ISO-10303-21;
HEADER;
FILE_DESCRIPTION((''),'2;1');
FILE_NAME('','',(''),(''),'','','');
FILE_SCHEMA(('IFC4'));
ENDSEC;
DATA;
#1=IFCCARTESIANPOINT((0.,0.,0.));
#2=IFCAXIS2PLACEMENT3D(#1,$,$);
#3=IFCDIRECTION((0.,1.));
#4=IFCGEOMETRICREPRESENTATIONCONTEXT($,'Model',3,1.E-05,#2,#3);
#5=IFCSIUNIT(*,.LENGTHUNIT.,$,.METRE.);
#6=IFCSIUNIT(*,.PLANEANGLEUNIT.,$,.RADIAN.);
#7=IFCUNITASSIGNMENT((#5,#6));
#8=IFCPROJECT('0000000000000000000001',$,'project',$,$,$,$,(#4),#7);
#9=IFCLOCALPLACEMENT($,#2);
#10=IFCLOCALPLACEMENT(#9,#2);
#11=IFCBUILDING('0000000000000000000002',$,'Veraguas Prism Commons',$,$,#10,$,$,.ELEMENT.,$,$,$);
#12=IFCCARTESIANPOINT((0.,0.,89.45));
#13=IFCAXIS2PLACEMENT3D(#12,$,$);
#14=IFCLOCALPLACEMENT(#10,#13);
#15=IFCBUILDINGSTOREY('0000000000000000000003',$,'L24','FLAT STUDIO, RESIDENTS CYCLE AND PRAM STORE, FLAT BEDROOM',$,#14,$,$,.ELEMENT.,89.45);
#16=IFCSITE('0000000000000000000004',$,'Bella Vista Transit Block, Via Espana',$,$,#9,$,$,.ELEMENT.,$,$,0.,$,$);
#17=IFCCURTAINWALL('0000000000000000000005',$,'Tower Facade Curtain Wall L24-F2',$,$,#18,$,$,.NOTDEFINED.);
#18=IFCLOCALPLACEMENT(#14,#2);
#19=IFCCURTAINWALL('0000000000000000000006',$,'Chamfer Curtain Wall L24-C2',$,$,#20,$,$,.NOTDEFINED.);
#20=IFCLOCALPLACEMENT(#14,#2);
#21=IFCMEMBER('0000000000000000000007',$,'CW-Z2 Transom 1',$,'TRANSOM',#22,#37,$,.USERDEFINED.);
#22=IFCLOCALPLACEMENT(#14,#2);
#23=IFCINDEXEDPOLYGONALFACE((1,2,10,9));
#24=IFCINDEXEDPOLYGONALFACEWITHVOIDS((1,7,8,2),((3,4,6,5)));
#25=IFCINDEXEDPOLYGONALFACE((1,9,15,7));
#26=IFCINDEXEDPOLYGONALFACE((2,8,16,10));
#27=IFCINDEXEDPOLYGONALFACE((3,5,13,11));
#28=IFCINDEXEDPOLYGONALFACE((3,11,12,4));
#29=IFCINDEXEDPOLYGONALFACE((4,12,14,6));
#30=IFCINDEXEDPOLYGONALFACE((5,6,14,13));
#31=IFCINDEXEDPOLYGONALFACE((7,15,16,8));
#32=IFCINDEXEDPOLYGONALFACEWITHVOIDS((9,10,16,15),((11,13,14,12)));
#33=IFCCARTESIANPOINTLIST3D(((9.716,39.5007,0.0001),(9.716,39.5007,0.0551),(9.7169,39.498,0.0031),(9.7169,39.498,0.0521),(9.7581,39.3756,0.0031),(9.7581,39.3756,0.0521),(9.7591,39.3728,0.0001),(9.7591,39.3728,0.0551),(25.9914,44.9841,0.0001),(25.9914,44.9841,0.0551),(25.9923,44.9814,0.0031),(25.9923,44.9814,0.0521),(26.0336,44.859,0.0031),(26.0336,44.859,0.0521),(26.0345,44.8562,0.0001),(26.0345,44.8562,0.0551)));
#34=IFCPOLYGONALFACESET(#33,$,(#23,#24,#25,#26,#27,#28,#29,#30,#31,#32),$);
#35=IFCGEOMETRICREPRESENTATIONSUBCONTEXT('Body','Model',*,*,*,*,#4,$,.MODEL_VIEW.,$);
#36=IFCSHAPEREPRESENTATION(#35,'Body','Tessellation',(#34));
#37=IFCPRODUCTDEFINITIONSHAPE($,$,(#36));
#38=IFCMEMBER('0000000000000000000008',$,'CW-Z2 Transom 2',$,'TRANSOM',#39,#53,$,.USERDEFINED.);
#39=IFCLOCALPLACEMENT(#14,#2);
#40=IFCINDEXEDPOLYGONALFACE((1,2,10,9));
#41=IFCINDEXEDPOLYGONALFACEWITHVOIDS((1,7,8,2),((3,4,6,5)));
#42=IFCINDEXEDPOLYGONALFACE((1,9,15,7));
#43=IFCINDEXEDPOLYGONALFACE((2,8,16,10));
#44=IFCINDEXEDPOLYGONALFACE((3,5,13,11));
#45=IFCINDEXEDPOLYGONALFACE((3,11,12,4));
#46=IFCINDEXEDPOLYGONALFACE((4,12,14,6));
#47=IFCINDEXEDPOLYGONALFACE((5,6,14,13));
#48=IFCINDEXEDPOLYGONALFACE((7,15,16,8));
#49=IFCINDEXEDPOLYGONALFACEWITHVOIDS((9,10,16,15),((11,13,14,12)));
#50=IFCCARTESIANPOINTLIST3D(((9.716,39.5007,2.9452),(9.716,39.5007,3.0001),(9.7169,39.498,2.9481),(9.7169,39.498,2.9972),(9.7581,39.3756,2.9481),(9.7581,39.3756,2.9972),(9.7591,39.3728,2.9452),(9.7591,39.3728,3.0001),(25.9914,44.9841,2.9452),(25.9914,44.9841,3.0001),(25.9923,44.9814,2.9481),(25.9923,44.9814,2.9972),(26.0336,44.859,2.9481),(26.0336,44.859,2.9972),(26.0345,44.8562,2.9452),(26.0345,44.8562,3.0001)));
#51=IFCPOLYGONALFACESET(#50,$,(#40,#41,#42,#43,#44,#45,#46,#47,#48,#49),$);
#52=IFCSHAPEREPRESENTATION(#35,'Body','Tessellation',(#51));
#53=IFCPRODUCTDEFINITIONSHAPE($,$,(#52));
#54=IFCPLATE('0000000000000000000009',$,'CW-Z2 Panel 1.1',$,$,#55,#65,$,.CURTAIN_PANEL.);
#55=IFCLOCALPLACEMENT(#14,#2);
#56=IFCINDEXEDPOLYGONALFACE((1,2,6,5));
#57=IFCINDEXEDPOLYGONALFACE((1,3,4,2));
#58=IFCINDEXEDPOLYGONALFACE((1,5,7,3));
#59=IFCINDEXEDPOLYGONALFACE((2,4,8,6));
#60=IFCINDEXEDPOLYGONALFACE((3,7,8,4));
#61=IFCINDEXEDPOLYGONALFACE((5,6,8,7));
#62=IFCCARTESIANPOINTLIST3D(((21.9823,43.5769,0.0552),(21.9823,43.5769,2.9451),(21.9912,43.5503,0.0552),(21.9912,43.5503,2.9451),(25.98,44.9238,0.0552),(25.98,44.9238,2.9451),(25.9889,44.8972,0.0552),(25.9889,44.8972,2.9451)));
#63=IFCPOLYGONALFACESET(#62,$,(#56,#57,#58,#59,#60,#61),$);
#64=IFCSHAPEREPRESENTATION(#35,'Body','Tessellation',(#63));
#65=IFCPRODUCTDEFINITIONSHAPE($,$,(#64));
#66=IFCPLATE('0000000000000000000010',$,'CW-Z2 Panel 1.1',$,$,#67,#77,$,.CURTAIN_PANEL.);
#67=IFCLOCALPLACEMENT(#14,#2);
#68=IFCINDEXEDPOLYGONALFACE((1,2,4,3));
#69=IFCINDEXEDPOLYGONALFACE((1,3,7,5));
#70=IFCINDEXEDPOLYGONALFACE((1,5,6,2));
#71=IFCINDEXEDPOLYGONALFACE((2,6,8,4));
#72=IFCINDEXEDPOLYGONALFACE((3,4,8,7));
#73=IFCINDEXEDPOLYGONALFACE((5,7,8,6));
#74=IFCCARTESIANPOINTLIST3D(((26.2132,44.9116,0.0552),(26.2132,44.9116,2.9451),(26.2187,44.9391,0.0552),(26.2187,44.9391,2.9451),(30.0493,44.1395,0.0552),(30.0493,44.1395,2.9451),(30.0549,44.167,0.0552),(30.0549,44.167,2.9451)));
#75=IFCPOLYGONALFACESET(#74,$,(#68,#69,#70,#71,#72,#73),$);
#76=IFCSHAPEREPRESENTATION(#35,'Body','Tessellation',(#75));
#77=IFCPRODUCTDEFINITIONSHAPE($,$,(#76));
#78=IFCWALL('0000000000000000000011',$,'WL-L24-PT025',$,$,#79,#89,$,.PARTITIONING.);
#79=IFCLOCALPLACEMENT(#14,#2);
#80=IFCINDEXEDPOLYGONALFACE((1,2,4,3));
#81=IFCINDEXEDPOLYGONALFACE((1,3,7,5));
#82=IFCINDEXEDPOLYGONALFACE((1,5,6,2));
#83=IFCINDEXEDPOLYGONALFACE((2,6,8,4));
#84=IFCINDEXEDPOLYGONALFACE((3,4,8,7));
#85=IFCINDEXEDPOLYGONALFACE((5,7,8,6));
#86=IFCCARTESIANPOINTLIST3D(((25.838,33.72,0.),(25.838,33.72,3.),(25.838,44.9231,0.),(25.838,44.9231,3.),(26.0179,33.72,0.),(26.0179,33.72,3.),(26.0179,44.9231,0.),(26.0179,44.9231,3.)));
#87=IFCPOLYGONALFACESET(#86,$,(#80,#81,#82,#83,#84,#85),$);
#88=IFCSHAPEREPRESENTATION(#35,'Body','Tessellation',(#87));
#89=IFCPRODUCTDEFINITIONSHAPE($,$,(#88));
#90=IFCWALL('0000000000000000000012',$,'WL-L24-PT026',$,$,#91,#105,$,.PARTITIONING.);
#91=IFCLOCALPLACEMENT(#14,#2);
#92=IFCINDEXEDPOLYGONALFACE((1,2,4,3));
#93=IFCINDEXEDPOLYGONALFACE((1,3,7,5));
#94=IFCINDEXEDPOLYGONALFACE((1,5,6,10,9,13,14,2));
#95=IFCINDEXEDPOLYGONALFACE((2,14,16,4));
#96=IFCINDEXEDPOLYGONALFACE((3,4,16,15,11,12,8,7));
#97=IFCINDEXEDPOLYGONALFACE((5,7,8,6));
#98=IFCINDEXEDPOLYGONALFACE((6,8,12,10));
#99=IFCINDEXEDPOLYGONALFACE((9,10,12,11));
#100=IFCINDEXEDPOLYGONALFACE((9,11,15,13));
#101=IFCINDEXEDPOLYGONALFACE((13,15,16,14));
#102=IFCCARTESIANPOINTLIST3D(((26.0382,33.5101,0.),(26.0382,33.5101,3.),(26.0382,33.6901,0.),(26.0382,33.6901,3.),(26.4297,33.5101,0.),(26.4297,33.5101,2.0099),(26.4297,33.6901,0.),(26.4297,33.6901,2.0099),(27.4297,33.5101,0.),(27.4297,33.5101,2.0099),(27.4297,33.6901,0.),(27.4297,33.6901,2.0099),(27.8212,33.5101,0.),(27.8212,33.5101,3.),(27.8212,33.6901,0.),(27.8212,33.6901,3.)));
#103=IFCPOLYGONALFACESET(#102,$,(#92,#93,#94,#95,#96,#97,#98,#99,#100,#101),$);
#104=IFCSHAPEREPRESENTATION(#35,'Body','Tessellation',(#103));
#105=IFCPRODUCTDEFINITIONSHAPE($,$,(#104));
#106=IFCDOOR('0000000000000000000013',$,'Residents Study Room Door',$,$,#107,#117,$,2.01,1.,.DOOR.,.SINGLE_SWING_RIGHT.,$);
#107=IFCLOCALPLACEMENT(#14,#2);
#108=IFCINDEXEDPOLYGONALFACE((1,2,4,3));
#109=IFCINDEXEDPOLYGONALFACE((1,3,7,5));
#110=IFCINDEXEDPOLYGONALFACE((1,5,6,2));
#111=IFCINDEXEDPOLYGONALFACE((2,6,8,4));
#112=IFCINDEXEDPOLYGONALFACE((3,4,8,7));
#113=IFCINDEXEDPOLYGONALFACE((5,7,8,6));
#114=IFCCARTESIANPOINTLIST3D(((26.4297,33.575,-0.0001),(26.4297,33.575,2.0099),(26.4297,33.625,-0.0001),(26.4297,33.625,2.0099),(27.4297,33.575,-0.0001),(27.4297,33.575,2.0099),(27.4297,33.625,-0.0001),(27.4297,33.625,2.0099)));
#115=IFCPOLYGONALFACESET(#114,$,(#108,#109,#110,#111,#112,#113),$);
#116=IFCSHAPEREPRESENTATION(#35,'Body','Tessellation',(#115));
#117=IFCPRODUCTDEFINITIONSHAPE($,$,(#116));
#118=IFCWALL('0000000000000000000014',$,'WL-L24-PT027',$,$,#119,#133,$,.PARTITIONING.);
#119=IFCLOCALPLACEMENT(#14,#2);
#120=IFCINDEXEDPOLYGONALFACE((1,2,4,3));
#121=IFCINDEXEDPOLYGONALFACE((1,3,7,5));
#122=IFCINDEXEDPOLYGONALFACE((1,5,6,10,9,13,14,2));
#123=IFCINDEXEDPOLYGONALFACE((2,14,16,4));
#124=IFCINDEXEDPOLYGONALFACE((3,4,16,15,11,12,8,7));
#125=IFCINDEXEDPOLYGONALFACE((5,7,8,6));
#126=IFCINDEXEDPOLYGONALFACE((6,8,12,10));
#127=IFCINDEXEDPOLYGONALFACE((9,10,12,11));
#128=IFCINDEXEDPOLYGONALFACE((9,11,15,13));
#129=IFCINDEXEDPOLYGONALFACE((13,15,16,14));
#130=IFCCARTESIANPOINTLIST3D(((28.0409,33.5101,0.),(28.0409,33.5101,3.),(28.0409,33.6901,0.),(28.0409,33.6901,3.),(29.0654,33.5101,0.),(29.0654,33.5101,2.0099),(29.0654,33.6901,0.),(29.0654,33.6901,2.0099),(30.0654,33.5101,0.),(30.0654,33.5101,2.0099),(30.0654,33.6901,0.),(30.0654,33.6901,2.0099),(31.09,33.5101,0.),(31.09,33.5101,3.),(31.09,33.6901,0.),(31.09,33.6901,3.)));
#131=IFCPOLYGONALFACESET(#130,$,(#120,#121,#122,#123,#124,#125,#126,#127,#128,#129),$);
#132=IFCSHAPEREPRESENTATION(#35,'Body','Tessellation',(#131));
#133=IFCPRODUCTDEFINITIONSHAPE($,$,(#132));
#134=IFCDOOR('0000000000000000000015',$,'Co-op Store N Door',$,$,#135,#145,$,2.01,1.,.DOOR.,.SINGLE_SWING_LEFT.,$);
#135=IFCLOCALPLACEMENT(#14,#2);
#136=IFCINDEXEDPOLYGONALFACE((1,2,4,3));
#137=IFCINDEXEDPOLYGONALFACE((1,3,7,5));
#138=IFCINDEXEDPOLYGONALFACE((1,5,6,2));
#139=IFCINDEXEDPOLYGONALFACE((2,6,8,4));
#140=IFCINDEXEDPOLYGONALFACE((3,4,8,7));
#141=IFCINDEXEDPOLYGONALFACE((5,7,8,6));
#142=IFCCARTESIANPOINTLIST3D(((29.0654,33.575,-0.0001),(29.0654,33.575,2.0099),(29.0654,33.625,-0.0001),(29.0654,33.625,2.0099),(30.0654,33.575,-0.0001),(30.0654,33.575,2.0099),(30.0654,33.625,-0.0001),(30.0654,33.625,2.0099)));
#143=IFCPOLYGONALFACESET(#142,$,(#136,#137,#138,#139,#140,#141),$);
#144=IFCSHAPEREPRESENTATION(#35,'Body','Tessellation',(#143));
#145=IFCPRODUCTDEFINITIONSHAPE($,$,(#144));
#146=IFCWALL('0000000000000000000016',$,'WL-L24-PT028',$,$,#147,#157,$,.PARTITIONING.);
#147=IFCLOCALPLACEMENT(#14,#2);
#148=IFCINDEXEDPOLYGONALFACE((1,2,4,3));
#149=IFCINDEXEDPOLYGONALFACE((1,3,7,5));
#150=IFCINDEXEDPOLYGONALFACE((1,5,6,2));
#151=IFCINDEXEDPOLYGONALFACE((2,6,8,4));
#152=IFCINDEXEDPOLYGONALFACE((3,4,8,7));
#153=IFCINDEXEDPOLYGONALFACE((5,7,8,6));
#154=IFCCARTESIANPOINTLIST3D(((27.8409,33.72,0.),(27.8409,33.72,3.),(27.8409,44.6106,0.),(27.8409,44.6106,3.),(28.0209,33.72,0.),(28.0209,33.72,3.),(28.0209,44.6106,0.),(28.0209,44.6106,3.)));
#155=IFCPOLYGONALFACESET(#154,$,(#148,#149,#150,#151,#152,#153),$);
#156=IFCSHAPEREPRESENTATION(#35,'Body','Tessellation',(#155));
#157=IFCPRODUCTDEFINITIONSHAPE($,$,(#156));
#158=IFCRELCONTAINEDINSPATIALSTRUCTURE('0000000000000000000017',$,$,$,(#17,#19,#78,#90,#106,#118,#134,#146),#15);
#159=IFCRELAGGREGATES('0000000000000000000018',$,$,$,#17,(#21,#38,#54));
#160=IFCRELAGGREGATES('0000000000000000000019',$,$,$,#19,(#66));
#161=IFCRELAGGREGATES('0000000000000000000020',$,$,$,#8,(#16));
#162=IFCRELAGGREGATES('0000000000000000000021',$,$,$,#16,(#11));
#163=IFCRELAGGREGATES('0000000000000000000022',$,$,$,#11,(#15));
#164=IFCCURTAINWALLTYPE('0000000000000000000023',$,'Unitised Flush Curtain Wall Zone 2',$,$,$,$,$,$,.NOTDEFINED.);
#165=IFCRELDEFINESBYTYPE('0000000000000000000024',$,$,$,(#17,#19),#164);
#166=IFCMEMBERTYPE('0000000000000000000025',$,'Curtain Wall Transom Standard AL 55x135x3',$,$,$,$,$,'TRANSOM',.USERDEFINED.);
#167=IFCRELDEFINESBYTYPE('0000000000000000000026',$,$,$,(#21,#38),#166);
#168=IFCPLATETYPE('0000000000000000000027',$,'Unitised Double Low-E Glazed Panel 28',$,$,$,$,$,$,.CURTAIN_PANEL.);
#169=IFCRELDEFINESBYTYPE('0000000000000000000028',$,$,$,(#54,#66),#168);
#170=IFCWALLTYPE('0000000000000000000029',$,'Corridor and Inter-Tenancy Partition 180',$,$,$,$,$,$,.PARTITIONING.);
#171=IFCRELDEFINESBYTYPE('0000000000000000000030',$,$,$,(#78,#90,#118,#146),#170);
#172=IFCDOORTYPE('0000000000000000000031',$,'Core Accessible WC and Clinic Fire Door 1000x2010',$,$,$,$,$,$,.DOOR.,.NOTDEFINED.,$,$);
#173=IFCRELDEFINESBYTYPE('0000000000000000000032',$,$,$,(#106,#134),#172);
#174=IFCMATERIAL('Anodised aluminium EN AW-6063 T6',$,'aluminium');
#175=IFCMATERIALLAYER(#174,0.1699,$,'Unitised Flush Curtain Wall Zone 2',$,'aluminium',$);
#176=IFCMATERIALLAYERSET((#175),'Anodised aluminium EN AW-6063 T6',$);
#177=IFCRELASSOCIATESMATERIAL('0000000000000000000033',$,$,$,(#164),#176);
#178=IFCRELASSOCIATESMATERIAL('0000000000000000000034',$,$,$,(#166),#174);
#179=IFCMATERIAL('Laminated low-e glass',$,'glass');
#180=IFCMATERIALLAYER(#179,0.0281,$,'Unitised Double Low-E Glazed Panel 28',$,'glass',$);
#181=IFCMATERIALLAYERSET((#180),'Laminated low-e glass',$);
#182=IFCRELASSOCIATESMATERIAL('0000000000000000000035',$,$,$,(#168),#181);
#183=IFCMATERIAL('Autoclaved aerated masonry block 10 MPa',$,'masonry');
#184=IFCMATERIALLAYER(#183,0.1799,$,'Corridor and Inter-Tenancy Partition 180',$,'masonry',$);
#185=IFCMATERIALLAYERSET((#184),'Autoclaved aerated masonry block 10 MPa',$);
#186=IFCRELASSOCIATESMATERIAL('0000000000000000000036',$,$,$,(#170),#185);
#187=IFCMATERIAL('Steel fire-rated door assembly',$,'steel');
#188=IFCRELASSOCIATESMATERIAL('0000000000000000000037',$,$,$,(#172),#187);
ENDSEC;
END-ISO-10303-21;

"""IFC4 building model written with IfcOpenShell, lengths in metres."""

from ifc_helpers import new_model, si_unit, direction, frame, frame_2d, origin, origin_2d, place, context, subcontext, project, spatial, rectangle, hollow_rectangle, extrude, source, transform, mapped, material, layer, layer_set, material_profile, profile_set, type_object, element, fill, aggregate, save


model = new_model("IFC4")

# Units and contexts
model_context = context("Model", 3, precision=1e-05, world=origin(), true_north=direction((0.0, 1.0)))
body_context = subcontext(model_context, "Body", "Model", "MODEL_VIEW")
ifc_project = project(units=[si_unit("LENGTHUNIT", "METRE"), si_unit("PLANEANGLEUNIT", "RADIAN")], contexts=[model_context])

# Site, building, storey
site_placement = place(None, origin())
site = spatial("IfcSite", under=ifc_project, at=site_placement, Name="Bella Vista Transit Block, Via Espana", CompositionType="ELEMENT", RefElevation=0.0)
building_placement = place(site_placement, origin())
building = spatial("IfcBuilding", under=site, at=building_placement, Name="Veraguas Prism Commons", CompositionType="ELEMENT")
storey_placement = place(building_placement, frame((0.0, 0.0, 89.45)))
storey = spatial("IfcBuildingStorey", under=building, at=storey_placement, Name="L24", Description="FLAT STUDIO, RESIDENTS CYCLE AND PRAM STORE, FLAT BEDROOM", CompositionType="ELEMENT", Elevation=89.45)

# Curtain wall
ifc_material_1 = material(Name="Anodised aluminium EN AW-6063 T6", Category="aluminium")
ifc_layer_1 = layer(ifc_material_1, 0.1699, Name="Unitised Flush Curtain Wall Zone 2", Category="aluminium")
ifc_layer_set_1 = layer_set([ifc_layer_1], Name="Anodised aluminium EN AW-6063 T6")
curtain_wall_type = type_object("IfcCurtainWallType", Name="Unitised Flush Curtain Wall Zone 2", PredefinedType="NOTDEFINED", material=ifc_layer_set_1)
curtain_wall_1_placement = place(storey_placement, origin())
curtain_wall_1 = element("IfcCurtainWall", 1, at=curtain_wall_1_placement, inside=storey, type_object=curtain_wall_type, Name="Tower Facade Curtain Wall L24-F2", PredefinedType="NOTDEFINED")

# Curtain wall
curtain_wall_2_placement = place(storey_placement, origin())
curtain_wall_2 = element("IfcCurtainWall", 2, at=curtain_wall_2_placement, inside=storey, type_object=curtain_wall_type, Name="Chamfer Curtain Wall L24-C2", PredefinedType="NOTDEFINED")

# Members
ifc_material_profile_1 = material_profile(ifc_material_1, hollow_rectangle(XDim=0.0549, YDim=0.135, WallThickness=0.0029, at=origin_2d()), Name="AL55X135X3")
ifc_profile_set_1 = profile_set([ifc_material_profile_1], Name="Anodised aluminium EN AW-6063 T6")
member_type_1 = type_object("IfcMemberType", Name="Curtain Wall Transom Standard AL 55x135x3", ElementType="TRANSOM", PredefinedType="USERDEFINED", material=ifc_profile_set_1)
shared_shape_1 = source(origin(), body_context, "Body", "SweptSolid", [
    extrude(hollow_rectangle(XDim=0.0549, YDim=0.135, WallThickness=0.0029, at=origin_2d()), origin(), (0.0, 0.0, 1.0), 17.1743),
])
member_1_placement = place(storey_placement, frame((26.0129, 44.9202, 0.0276), z_axis=(-0.947661, -0.31928, 0.0), x_axis=(0.0, 0.0, 1.0)))
member_1 = element("IfcMember", 3, at=member_1_placement, type_object=member_type_1, Name="CW-Z2 Transom 1", ObjectType="TRANSOM", PredefinedType="USERDEFINED", context=body_context, shape_type="MappedRepresentation", body=[
    mapped(shared_shape_1, transform((0.0, 0.0, 0.0), scale=1.0)),
])
member_2_placement = place(storey_placement, frame((26.0129, 44.9202, 2.9727), z_axis=(-0.947661, -0.31928, 0.0), x_axis=(0.0, 0.0, 1.0)))
member_2 = element("IfcMember", 4, at=member_2_placement, type_object=member_type_1, Name="CW-Z2 Transom 2", ObjectType="TRANSOM", PredefinedType="USERDEFINED", context=body_context, shape_type="MappedRepresentation", body=[
    mapped(shared_shape_1, transform((0.0, 0.0, 0.0), scale=1.0)),
])

# Plates
ifc_material_2 = material(Name="Laminated low-e glass", Category="glass")
ifc_layer_2 = layer(ifc_material_2, 0.0281, Name="Unitised Double Low-E Glazed Panel 28", Category="glass")
ifc_layer_set_2 = layer_set([ifc_layer_2], Name="Laminated low-e glass")
plate_type = type_object("IfcPlateType", Name="Unitised Double Low-E Glazed Panel 28", PredefinedType="CURTAIN_PANEL", material=ifc_layer_set_2)
shared_shape_2 = source(origin(), body_context, "Body", "SweptSolid", [
    extrude(rectangle(XDim=4.2185, YDim=0.0281, at=origin_2d()), origin(), (0.0, 0.0, 1.0), 2.8899),
])
plate_1_placement = place(storey_placement, frame((23.9856, 44.2371, 0.0552), z_axis=(0.0, 0.0, 1.0), x_axis=(-0.947659, -0.319284, 0.0)))
plate_1 = element("IfcPlate", 5, at=plate_1_placement, type_object=plate_type, Name="CW-Z2 Panel 1.1", PredefinedType="CURTAIN_PANEL", context=body_context, shape_type="MappedRepresentation", body=[
    mapped(shared_shape_2, transform((0.0, 0.0, 0.0), scale=1.0)),
])
aggregate(curtain_wall_1, [member_1, member_2, plate_1])
shared_shape_3 = source(origin(), body_context, "Body", "SweptSolid", [
    extrude(rectangle(XDim=3.9131, YDim=0.0281, at=origin_2d()), origin(), (0.0, 0.0, 1.0), 2.8899),
])
plate_2_placement = place(storey_placement, frame((28.134, 44.5393, 0.0552), z_axis=(0.0, 0.0, 1.0), x_axis=(-0.98034, 0.197313, 0.0)))
plate_2 = element("IfcPlate", 6, at=plate_2_placement, type_object=plate_type, Name="CW-Z2 Panel 1.1", PredefinedType="CURTAIN_PANEL", context=body_context, shape_type="MappedRepresentation", body=[
    mapped(shared_shape_3, transform((0.0, 0.0, 0.0), scale=1.0)),
])
aggregate(curtain_wall_2, [plate_2])

# Wall
ifc_material_3 = material(Name="Autoclaved aerated masonry block 10 MPa", Category="masonry")
ifc_layer_3 = layer(ifc_material_3, 0.1799, Name="Corridor and Inter-Tenancy Partition 180", Category="masonry")
ifc_layer_set_3 = layer_set([ifc_layer_3], Name="Autoclaved aerated masonry block 10 MPa")
wall_type = type_object("IfcWallType", Name="Corridor and Inter-Tenancy Partition 180", PredefinedType="PARTITIONING", material=ifc_layer_set_3)
wall_1_placement = place(storey_placement, frame((25.928, 33.72, 0.0), z_axis=(0.0, 0.0, 1.0), x_axis=(0.0, 1.0, 0.0)))
element("IfcWall", 7, at=wall_1_placement, inside=storey, type_object=wall_type, Name="WL-L24-PT025", PredefinedType="PARTITIONING", context=body_context, shape_type="SweptSolid", body=[
    extrude(rectangle(XDim=11.2031, YDim=0.1799, at=frame_2d((5.6016, 0.0))), origin(), (0.0, 0.0, 1.0), 3.0),
])

# Walls, openings, doors
wall_2_placement = place(storey_placement, frame((26.0381, 33.6001, 0.0), z_axis=(0.0, 0.0, 1.0), x_axis=(1.0, 0.0, 0.0)))
wall_2 = element("IfcWall", 8, at=wall_2_placement, inside=storey, type_object=wall_type, Name="WL-L24-PT026", PredefinedType="PARTITIONING", context=body_context, shape_type="SweptSolid", body=[
    extrude(rectangle(XDim=1.783, YDim=0.1799, at=frame_2d((0.8916, 0.0))), origin(), (0.0, 0.0, 1.0), 3.0),
])
opening_1_placement = place(wall_2_placement, frame((0.3916, 0.0, 0.0)))
opening_1 = element("IfcOpeningElement", 9, at=opening_1_placement, cuts=wall_2, PredefinedType="OPENING", context=body_context, shape_type="SweptSolid", body=[
    extrude(rectangle(XDim=1.0, YDim=2.01, at=frame_2d((0.5, 1.0049))), frame((0.0, 0.0999, 0.0), z_axis=(0.0, -1.0, 0.0), x_axis=(1.0, 0.0, 0.0)), (0.0, 0.0, 1.0), 0.2),
])
ifc_material_4 = material(Name="Steel fire-rated door assembly", Category="steel")
door_type = type_object("IfcDoorType", Name="Core Accessible WC and Clinic Fire Door 1000x2010", OperationType="NOTDEFINED", PredefinedType="DOOR", material=ifc_material_4)
shared_shape_4 = source(origin(), body_context, "Body", "SweptSolid", [
    extrude(rectangle(XDim=1.0, YDim=2.01, at=frame_2d((0.5, 1.0049))), frame((0.0, 0.0249, 0.0), z_axis=(0.0, -1.0, 0.0), x_axis=(1.0, 0.0, 0.0)), (0.0, 0.0, 1.0), 0.05),
])
door_1_placement = place(opening_1_placement, origin())
door_1 = element("IfcDoor", 10, at=door_1_placement, inside=storey, type_object=door_type, Name="Residents Study Room Door", OperationType="SINGLE_SWING_RIGHT", OverallHeight=2.01, OverallWidth=1.0, PredefinedType="DOOR", context=body_context, shape_type="MappedRepresentation", body=[
    mapped(shared_shape_4, transform((0.0, 0.0, 0.0), scale=1.0)),
])
fill(opening_1, door_1)
wall_3_placement = place(storey_placement, frame((28.041, 33.6001, 0.0), z_axis=(0.0, 0.0, 1.0), x_axis=(1.0, 0.0, 0.0)))
wall_3 = element("IfcWall", 11, at=wall_3_placement, inside=storey, type_object=wall_type, Name="WL-L24-PT027", PredefinedType="PARTITIONING", context=body_context, shape_type="SweptSolid", body=[
    extrude(rectangle(XDim=3.0491, YDim=0.1799, at=frame_2d((1.5244, 0.0))), origin(), (0.0, 0.0, 1.0), 3.0),
])
opening_2_placement = place(wall_3_placement, frame((1.0244, 0.0, 0.0)))
opening_2 = element("IfcOpeningElement", 12, at=opening_2_placement, cuts=wall_3, PredefinedType="OPENING", context=body_context, shape_type="SweptSolid", body=[
    extrude(rectangle(XDim=1.0, YDim=2.01, at=frame_2d((0.5, 1.0049))), frame((0.0, 0.0999, 0.0), z_axis=(0.0, -1.0, 0.0), x_axis=(1.0, 0.0, 0.0)), (0.0, 0.0, 1.0), 0.2),
])
door_2_placement = place(opening_2_placement, origin())
door_2 = element("IfcDoor", 13, at=door_2_placement, inside=storey, type_object=door_type, Name="Co-op Store N Door", OperationType="SINGLE_SWING_LEFT", OverallHeight=2.01, OverallWidth=1.0, PredefinedType="DOOR", context=body_context, shape_type="MappedRepresentation", body=[
    mapped(shared_shape_4, transform((0.0, 0.0, 0.0), scale=1.0)),
])
fill(opening_2, door_2)

# Wall
wall_4_placement = place(storey_placement, frame((27.9309, 33.72, 0.0), z_axis=(0.0, 0.0, 1.0), x_axis=(0.0, 1.0, 0.0)))
element("IfcWall", 14, at=wall_4_placement, inside=storey, type_object=wall_type, Name="WL-L24-PT028", PredefinedType="PARTITIONING", context=body_context, shape_type="SweptSolid", body=[
    extrude(rectangle(XDim=10.8906, YDim=0.1799, at=frame_2d((5.4453, 0.0))), origin(), (0.0, 0.0, 1.0), 3.0),
])

save(model, "model.ifc")
